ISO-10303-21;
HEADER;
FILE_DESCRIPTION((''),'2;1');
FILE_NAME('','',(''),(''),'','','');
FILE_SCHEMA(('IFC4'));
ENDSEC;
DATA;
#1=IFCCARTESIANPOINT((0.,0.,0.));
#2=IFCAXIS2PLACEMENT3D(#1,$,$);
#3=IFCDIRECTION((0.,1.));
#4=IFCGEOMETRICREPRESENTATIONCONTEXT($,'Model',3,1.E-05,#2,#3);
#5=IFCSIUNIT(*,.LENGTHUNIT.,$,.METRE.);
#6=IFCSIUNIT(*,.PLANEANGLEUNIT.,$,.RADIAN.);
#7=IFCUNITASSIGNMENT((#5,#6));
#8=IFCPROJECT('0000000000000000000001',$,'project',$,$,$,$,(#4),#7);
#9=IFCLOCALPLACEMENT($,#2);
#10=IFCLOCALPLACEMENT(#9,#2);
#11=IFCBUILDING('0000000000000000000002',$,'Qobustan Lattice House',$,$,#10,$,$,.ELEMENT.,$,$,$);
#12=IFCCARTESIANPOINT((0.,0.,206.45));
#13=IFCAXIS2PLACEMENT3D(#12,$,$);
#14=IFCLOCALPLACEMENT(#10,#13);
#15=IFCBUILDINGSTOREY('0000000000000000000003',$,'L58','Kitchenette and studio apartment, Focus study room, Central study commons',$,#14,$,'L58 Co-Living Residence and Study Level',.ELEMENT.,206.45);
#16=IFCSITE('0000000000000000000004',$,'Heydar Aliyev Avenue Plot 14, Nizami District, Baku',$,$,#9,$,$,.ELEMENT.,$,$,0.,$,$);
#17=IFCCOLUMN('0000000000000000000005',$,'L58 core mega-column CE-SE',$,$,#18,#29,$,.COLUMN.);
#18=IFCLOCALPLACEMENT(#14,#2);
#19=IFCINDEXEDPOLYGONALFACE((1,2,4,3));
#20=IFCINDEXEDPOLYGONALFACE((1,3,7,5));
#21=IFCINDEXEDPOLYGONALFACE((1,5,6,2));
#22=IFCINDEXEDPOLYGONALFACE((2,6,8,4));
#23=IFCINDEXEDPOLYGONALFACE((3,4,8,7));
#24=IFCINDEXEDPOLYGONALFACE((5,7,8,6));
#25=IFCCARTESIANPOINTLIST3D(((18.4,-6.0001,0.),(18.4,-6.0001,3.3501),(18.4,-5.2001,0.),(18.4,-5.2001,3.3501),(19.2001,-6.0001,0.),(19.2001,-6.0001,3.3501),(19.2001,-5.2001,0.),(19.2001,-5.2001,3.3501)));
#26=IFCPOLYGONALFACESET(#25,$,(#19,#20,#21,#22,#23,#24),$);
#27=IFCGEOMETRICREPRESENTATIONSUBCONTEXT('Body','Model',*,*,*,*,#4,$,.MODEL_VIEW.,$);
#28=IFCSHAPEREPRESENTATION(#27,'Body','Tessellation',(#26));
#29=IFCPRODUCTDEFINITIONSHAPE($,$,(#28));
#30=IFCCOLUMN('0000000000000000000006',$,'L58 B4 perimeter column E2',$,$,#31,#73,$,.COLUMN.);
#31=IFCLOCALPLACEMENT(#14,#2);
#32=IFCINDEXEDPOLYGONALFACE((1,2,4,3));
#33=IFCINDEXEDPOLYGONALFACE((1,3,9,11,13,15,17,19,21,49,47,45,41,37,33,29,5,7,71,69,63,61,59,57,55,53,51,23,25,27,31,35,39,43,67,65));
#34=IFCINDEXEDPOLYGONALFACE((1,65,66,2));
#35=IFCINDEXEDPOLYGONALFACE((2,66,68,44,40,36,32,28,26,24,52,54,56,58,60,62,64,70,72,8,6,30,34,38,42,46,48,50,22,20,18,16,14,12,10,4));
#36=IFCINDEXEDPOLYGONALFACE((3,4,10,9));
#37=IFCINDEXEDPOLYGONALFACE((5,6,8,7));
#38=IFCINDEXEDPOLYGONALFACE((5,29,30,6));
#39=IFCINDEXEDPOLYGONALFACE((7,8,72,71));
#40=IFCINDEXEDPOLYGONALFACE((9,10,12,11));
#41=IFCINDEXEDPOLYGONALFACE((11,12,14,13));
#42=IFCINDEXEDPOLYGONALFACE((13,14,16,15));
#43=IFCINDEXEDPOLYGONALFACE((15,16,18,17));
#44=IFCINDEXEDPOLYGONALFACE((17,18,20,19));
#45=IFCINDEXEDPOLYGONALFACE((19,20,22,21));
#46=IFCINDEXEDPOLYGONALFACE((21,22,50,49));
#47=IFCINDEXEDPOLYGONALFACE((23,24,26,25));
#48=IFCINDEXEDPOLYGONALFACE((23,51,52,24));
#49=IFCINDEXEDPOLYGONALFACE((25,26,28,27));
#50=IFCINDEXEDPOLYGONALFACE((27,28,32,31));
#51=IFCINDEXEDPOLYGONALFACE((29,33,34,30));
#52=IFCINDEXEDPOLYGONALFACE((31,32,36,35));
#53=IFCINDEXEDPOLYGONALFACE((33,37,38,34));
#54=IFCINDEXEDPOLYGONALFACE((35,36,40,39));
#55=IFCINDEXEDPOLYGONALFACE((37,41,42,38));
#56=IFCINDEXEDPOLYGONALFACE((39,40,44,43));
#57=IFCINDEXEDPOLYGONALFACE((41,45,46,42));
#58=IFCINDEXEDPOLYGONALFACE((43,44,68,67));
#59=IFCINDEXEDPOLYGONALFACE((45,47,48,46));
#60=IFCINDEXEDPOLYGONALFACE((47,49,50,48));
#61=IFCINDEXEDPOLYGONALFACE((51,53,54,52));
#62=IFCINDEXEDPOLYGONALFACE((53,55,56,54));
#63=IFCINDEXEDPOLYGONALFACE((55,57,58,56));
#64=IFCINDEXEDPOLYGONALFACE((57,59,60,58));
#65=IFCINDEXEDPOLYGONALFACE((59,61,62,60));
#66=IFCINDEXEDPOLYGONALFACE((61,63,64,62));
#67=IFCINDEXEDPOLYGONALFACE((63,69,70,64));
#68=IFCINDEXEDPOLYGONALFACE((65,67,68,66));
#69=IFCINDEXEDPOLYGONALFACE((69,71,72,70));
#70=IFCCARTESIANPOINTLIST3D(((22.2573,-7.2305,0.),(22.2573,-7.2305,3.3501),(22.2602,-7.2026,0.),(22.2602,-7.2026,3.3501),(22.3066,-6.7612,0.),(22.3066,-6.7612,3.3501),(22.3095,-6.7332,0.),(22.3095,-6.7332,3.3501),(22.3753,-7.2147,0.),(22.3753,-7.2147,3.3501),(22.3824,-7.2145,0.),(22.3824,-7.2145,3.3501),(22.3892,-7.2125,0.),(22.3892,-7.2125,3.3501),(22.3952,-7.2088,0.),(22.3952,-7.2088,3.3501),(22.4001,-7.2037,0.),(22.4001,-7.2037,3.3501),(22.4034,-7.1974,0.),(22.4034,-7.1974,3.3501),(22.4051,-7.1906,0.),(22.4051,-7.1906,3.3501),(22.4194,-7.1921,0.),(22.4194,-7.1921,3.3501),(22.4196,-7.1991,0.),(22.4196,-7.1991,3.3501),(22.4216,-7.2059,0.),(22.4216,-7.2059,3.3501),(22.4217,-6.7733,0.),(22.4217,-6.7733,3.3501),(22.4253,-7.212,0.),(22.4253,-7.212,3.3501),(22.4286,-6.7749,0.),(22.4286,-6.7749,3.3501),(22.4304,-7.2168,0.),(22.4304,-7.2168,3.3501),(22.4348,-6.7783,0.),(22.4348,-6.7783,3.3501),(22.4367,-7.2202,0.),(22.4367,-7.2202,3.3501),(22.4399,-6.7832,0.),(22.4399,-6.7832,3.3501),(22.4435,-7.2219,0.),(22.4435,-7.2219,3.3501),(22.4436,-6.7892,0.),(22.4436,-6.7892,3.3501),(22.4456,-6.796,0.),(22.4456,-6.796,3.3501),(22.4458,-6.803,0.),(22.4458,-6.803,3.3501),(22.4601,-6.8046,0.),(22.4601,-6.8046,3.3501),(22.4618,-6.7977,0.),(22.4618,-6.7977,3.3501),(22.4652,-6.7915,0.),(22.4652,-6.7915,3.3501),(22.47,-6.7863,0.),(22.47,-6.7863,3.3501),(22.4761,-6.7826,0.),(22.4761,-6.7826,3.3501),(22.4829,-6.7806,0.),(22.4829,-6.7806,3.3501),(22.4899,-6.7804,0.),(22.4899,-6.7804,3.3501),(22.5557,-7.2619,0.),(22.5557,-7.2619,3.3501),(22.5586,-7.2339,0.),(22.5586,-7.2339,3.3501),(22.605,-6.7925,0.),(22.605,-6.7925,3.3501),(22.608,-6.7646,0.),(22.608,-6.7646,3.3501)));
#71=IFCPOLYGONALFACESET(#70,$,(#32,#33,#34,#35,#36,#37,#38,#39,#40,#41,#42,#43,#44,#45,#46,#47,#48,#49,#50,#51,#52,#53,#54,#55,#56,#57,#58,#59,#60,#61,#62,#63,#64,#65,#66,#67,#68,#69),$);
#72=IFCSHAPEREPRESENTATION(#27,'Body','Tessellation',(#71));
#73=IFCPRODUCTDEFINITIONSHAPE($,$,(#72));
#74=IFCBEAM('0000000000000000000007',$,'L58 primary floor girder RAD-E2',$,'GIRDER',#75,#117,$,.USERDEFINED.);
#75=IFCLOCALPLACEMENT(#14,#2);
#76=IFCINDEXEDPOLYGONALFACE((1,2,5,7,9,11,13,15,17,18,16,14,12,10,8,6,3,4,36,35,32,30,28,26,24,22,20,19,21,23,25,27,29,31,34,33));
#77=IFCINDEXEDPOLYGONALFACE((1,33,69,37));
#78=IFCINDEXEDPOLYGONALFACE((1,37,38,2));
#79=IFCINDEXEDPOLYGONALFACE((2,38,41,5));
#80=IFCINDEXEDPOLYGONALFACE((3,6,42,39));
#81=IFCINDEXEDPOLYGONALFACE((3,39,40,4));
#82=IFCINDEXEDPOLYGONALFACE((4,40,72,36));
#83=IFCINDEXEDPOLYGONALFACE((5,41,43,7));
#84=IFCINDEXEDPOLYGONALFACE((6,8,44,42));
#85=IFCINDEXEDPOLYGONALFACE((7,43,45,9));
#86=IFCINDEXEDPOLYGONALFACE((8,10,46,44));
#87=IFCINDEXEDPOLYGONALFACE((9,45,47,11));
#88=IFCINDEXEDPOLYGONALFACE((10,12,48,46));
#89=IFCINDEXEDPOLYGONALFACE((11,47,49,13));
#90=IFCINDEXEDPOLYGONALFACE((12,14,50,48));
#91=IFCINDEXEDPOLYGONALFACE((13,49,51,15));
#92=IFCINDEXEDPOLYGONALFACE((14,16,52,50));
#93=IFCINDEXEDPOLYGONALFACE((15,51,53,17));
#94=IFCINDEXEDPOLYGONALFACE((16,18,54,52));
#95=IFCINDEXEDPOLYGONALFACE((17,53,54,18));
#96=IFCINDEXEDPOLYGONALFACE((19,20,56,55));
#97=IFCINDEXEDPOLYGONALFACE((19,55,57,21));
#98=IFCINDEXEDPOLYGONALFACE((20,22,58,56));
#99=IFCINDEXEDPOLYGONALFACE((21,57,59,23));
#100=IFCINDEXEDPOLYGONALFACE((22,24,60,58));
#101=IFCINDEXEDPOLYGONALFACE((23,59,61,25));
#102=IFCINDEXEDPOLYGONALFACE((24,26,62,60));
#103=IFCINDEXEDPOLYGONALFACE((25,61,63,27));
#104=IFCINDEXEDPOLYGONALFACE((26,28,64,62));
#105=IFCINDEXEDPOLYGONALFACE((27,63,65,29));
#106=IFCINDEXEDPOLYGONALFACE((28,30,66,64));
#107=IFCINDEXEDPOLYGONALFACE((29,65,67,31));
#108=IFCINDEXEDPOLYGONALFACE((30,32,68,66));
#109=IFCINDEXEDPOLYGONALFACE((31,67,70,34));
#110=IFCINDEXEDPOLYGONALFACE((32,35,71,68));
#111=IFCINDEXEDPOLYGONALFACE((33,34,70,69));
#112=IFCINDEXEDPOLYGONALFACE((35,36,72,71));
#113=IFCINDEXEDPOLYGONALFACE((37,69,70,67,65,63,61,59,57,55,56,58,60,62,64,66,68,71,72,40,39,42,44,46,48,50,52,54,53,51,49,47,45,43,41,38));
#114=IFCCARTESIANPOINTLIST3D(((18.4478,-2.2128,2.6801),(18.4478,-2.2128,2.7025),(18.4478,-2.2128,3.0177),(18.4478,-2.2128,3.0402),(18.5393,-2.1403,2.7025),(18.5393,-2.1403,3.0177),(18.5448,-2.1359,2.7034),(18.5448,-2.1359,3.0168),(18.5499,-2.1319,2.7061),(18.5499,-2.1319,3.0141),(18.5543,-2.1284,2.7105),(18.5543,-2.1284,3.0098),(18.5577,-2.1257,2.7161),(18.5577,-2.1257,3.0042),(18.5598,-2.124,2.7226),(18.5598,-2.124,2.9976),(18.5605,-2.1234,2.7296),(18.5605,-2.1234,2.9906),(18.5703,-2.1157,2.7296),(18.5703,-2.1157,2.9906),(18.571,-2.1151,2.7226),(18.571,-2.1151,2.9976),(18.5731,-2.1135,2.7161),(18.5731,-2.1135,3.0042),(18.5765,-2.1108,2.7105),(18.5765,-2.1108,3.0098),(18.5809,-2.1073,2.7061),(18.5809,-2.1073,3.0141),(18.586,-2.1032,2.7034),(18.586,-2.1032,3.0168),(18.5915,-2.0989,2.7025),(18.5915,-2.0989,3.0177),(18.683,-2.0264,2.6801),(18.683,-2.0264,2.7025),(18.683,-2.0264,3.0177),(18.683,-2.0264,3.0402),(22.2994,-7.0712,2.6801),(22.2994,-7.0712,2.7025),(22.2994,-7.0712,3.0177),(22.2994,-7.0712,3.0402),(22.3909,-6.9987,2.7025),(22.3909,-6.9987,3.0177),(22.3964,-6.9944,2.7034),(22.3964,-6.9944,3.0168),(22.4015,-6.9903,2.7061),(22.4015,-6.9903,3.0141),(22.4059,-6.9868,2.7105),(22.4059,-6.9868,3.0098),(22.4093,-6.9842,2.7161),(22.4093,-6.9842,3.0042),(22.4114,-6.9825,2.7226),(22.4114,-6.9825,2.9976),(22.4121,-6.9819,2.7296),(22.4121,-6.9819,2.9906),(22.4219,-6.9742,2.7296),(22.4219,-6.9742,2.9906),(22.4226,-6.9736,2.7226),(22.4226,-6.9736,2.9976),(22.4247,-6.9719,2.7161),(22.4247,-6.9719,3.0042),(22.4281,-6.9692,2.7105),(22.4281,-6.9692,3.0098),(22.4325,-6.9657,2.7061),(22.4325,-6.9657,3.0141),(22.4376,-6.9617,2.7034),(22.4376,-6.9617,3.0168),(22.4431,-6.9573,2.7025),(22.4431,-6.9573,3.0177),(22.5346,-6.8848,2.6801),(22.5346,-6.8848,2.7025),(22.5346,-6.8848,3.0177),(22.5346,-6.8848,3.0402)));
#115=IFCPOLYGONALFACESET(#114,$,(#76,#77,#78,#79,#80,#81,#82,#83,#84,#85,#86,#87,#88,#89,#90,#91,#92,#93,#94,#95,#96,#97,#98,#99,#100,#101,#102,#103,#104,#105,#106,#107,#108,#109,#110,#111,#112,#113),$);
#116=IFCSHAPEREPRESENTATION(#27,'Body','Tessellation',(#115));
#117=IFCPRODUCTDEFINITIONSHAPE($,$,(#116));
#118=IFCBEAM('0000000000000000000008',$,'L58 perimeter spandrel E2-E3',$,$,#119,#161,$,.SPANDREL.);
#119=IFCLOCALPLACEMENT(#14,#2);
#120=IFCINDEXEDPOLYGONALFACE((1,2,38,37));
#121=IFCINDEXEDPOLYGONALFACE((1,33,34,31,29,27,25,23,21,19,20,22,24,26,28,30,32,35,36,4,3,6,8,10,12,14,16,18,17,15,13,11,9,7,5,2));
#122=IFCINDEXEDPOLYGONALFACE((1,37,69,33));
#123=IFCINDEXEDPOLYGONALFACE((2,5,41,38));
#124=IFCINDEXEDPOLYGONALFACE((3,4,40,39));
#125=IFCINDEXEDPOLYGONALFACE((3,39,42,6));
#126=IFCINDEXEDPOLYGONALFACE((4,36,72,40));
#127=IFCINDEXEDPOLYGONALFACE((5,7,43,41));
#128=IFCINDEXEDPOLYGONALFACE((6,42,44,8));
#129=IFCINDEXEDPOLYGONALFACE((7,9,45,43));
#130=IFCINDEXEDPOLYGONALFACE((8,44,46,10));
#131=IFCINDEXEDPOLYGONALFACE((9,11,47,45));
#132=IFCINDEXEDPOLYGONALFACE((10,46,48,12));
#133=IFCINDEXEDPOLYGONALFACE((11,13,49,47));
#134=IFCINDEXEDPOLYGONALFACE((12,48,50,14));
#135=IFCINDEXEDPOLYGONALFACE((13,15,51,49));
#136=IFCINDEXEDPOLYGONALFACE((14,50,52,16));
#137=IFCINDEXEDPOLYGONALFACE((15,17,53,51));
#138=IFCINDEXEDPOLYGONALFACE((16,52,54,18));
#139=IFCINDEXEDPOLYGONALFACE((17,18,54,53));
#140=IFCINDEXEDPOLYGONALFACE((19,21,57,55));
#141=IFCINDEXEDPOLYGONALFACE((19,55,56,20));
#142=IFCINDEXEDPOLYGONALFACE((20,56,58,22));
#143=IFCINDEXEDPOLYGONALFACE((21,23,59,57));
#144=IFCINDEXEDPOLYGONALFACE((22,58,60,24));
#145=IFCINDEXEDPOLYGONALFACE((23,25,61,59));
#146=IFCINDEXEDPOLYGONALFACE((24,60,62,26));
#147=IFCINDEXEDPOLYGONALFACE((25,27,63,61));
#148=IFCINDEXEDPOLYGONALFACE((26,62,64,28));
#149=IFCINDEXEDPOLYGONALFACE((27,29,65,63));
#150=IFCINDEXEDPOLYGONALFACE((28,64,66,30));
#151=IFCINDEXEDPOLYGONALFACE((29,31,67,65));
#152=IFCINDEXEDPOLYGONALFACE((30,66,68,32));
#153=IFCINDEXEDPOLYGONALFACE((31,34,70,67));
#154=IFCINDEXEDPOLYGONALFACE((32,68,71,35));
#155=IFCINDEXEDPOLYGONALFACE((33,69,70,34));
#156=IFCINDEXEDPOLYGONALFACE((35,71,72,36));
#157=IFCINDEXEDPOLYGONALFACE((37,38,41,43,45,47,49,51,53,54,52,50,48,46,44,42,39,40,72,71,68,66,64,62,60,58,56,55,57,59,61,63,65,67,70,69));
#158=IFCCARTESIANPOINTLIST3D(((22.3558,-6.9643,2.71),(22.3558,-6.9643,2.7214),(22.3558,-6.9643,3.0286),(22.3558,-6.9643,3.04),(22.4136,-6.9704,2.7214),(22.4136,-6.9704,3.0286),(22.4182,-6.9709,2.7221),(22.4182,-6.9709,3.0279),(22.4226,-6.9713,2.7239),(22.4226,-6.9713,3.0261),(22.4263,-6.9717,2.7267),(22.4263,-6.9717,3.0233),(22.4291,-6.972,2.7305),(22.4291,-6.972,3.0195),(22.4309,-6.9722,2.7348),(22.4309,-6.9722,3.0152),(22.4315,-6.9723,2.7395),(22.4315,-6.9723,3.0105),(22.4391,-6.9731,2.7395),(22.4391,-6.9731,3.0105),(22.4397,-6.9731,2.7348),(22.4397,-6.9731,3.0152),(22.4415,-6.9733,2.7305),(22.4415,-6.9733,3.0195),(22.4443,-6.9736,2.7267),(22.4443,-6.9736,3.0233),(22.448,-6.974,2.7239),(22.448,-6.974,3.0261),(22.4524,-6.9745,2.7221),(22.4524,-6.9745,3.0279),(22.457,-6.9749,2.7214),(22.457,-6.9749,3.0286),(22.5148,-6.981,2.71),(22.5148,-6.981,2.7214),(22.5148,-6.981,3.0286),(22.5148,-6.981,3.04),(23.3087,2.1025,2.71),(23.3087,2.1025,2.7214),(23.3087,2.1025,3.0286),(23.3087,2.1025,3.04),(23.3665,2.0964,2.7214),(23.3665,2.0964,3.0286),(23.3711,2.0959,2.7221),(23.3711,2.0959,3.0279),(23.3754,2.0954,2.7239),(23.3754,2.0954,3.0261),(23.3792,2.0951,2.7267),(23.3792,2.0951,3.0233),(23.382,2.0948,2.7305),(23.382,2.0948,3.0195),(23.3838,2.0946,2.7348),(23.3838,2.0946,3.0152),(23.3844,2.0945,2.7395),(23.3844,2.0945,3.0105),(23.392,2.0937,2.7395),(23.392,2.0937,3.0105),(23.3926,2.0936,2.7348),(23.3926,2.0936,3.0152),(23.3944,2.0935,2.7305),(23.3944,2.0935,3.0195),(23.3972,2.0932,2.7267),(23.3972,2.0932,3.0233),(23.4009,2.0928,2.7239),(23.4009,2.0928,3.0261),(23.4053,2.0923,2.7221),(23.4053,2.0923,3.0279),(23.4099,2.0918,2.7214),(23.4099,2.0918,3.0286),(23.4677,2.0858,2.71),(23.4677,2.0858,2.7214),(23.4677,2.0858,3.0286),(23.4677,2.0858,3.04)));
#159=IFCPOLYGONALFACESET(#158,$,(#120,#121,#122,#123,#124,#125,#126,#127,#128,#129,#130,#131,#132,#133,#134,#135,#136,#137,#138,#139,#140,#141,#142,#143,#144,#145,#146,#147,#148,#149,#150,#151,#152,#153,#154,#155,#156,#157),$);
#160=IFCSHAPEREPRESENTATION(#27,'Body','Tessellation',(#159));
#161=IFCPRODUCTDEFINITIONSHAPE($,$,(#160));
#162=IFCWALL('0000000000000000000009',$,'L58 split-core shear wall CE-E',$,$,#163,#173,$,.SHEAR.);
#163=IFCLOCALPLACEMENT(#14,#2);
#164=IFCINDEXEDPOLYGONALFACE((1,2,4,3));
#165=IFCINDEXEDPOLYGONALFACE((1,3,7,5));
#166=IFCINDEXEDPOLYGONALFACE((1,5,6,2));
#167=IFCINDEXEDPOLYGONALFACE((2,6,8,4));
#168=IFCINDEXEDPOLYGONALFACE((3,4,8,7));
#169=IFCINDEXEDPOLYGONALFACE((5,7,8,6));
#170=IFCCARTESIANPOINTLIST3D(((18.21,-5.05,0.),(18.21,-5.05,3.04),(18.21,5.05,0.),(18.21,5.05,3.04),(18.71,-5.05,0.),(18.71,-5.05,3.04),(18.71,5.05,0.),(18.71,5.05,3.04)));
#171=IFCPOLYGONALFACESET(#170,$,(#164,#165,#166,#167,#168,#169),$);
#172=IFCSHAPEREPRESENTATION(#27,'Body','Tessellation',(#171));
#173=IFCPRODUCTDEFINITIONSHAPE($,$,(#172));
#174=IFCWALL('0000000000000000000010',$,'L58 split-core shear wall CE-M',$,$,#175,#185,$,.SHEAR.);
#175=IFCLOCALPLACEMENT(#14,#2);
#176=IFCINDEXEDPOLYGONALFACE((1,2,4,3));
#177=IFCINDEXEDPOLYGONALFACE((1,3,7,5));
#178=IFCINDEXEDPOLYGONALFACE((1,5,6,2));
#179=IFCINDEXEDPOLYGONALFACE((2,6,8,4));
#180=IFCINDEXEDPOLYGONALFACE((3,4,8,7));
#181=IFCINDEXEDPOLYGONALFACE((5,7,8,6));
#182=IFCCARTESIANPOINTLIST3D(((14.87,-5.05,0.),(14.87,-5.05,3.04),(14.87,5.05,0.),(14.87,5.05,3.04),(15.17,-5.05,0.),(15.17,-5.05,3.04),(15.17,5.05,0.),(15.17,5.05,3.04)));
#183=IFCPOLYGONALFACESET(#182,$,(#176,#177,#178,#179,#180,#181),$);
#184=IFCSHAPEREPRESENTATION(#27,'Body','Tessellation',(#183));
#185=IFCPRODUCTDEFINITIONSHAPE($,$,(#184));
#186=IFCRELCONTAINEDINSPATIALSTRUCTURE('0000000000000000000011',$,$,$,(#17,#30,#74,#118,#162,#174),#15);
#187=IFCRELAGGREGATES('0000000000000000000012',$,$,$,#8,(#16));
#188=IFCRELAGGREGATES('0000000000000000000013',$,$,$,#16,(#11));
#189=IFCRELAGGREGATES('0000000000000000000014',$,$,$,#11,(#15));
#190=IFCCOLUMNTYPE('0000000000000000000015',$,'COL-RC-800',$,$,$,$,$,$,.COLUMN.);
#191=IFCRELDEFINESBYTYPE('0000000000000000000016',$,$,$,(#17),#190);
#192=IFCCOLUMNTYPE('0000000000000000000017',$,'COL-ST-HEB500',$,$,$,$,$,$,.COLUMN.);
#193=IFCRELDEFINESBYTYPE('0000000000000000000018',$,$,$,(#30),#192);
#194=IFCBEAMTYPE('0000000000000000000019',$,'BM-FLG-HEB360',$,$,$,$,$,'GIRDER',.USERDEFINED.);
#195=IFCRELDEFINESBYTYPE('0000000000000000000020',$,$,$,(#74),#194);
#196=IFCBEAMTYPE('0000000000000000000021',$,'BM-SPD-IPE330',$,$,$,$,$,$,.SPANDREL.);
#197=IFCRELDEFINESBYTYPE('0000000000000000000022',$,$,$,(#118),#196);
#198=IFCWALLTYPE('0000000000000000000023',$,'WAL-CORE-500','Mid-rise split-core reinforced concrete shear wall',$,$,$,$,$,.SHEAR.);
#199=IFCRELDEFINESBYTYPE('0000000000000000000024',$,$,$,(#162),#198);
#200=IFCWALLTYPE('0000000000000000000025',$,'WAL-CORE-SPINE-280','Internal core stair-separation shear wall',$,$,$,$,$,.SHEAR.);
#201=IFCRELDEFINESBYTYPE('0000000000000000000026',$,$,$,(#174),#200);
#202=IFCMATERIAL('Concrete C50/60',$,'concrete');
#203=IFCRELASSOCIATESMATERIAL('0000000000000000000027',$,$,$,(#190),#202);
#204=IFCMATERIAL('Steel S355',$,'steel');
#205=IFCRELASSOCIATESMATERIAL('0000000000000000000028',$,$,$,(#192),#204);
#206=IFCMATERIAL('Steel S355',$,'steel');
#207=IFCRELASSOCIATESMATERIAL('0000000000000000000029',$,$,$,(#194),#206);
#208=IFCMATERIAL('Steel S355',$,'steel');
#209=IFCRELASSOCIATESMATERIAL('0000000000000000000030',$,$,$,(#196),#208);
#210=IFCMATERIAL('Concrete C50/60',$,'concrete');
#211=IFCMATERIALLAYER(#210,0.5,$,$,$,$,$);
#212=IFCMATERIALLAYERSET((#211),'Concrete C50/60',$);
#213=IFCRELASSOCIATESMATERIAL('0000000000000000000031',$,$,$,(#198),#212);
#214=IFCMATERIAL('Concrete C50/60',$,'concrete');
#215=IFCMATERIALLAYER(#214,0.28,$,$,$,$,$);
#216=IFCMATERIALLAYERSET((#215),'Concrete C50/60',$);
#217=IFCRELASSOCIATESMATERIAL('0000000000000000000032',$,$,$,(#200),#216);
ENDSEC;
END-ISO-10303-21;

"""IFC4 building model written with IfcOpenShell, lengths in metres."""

from ifc_helpers import new_model, si_unit, direction, frame, frame_2d, origin, origin_2d, place, context, subcontext, project, spatial, rectangle, i_section, extrude, material, layer, layer_set, material_profile, profile_set, type_object, element, save


model = new_model("IFC4")

# Units and contexts
model_context = context("Model", 3, precision=1e-05, world=origin(), true_north=direction((0.0, 1.0)))
body_context = subcontext(model_context, "Body", "Model", "MODEL_VIEW")
ifc_project = project(units=[si_unit("LENGTHUNIT", "METRE"), si_unit("PLANEANGLEUNIT", "RADIAN")], contexts=[model_context])

# Site, building, storey
site_placement = place(None, origin())
site = spatial("IfcSite", under=ifc_project, at=site_placement, Name="Heydar Aliyev Avenue Plot 14, Nizami District, Baku", CompositionType="ELEMENT", RefElevation=0.0)
building_placement = place(site_placement, origin())
building = spatial("IfcBuilding", under=site, at=building_placement, Name="Qobustan Lattice House", CompositionType="ELEMENT")
storey_placement = place(building_placement, frame((0.0, 0.0, 206.45)))
storey = spatial("IfcBuildingStorey", under=building, at=storey_placement, Name="L58", Description="Kitchenette and studio apartment, Focus study room, Central study commons", LongName="L58 Co-Living Residence and Study Level", CompositionType="ELEMENT", Elevation=206.45)

# Columns
ifc_material_1 = material(Name="Concrete C50/60", Category="concrete")
ifc_material_profile_1 = material_profile(ifc_material_1, rectangle(XDim=0.8, YDim=0.8, at=origin_2d()), Name="RC800x800")
ifc_profile_set_1 = profile_set([ifc_material_profile_1], Name="Concrete C50/60")
column_type_1 = type_object("IfcColumnType", Name="COL-RC-800", PredefinedType="COLUMN", material=ifc_profile_set_1)
column_1_placement = place(storey_placement, frame((18.8, -5.6001, 0.0), z_axis=(0.0, 0.0, 1.0), x_axis=(1.0, 0.0, 0.0)))
element("IfcColumn", 1, at=column_1_placement, inside=storey, type_object=column_type_1, Name="L58 core mega-column CE-SE", PredefinedType="COLUMN", context=body_context, shape_type="SweptSolid", body=[
    extrude(rectangle(XDim=0.8, YDim=0.8, at=origin_2d()), origin(), (0.0, 0.0, 1.0), 3.3501),
])
ifc_material_2 = material(Name="Steel S355", Category="steel")
ifc_material_profile_2 = material_profile(ifc_material_2, i_section(OverallWidth=0.3, OverallDepth=0.5, WebThickness=0.0144, FlangeThickness=0.0281, FilletRadius=0.0271, at=origin_2d()), Name="HEB500")
ifc_profile_set_2 = profile_set([ifc_material_profile_2], Name="Steel S355")
column_type_2 = type_object("IfcColumnType", Name="COL-ST-HEB500", PredefinedType="COLUMN", material=ifc_profile_set_2)
column_2_placement = place(storey_placement, frame((22.4326, -6.9976, 0.0), z_axis=(0.0, 0.0, 1.0), x_axis=(0.994522, -0.104528, 0.0)))
element("IfcColumn", 2, at=column_2_placement, inside=storey, type_object=column_type_2, Name="L58 B4 perimeter column E2", PredefinedType="COLUMN", context=body_context, shape_type="SweptSolid", body=[
    extrude(i_section(OverallWidth=0.3, OverallDepth=0.5, WebThickness=0.0144, FlangeThickness=0.0281, FilletRadius=0.0271, at=origin_2d()), origin(), (0.0, 0.0, 1.0), 3.3501),
])

# Beams
ifc_material_3 = material(Name="Steel S355", Category="steel")
ifc_material_profile_3 = material_profile(ifc_material_3, i_section(OverallWidth=0.3, OverallDepth=0.3601, WebThickness=0.0125, FlangeThickness=0.0225, FilletRadius=0.0271, at=origin_2d()), Name="HEB360")
ifc_profile_set_3 = profile_set([ifc_material_profile_3], Name="Steel S355")
beam_type_1 = type_object("IfcBeamType", Name="BM-FLG-HEB360", ElementType="GIRDER", PredefinedType="USERDEFINED", material=ifc_profile_set_3)
beam_1_placement = place(storey_placement, frame((22.417, -6.978, 2.8601), z_axis=(-0.621231, 0.783627, 0.0), x_axis=(-0.783627, -0.621231, 0.0)))
element("IfcBeam", 3, at=beam_1_placement, inside=storey, type_object=beam_type_1, Name="L58 primary floor girder RAD-E2", ObjectType="GIRDER", PredefinedType="USERDEFINED", context=body_context, shape_type="SweptSolid", body=[
    extrude(i_section(OverallWidth=0.3, OverallDepth=0.3601, WebThickness=0.0125, FlangeThickness=0.0225, FilletRadius=0.0271, at=origin_2d()), origin(), (0.0, 0.0, 1.0), 6.2),
])
ifc_material_4 = material(Name="Steel S355", Category="steel")
ifc_material_profile_4 = material_profile(ifc_material_4, i_section(OverallWidth=0.1599, OverallDepth=0.3301, WebThickness=0.0076, FlangeThickness=0.0115, FilletRadius=0.0181, at=origin_2d()), Name="IPE330")
ifc_profile_set_4 = profile_set([ifc_material_profile_4], Name="Steel S355")
beam_type_2 = type_object("IfcBeamType", Name="BM-SPD-IPE330", PredefinedType="SPANDREL", material=ifc_profile_set_4)
beam_2_placement = place(storey_placement, frame((22.4353, -6.9727, 2.875), z_axis=(0.104522, 0.994523, 0.0), x_axis=(-0.994523, 0.104522, 0.0)))
element("IfcBeam", 4, at=beam_2_placement, inside=storey, type_object=beam_type_2, Name="L58 perimeter spandrel E2-E3", PredefinedType="SPANDREL", context=body_context, shape_type="SweptSolid", body=[
    extrude(i_section(OverallWidth=0.1599, OverallDepth=0.3301, WebThickness=0.0076, FlangeThickness=0.0115, FilletRadius=0.0181, at=origin_2d()), origin(), (0.0, 0.0, 1.0), 9.1167),
])

# Walls
ifc_material_5 = material(Name="Concrete C50/60", Category="concrete")
ifc_layer_1 = layer(ifc_material_5, 0.5)
ifc_layer_set_1 = layer_set([ifc_layer_1], Name="Concrete C50/60")
wall_type_1 = type_object("IfcWallType", Name="WAL-CORE-500", Description="Mid-rise split-core reinforced concrete shear wall", PredefinedType="SHEAR", material=ifc_layer_set_1)
wall_1_placement = place(storey_placement, frame((18.46, -5.05, 0.0), z_axis=(0.0, 0.0, 1.0), x_axis=(0.0, 1.0, 0.0)))
element("IfcWall", 5, at=wall_1_placement, inside=storey, type_object=wall_type_1, Name="L58 split-core shear wall CE-E", PredefinedType="SHEAR", context=body_context, shape_type="SweptSolid", body=[
    extrude(rectangle(XDim=10.1001, YDim=0.5, at=frame_2d((5.05, 0.0))), origin(), (0.0, 0.0, 1.0), 3.04),
])
ifc_material_6 = material(Name="Concrete C50/60", Category="concrete")
ifc_layer_2 = layer(ifc_material_6, 0.28)
ifc_layer_set_2 = layer_set([ifc_layer_2], Name="Concrete C50/60")
wall_type_2 = type_object("IfcWallType", Name="WAL-CORE-SPINE-280", Description="Internal core stair-separation shear wall", PredefinedType="SHEAR", material=ifc_layer_set_2)
wall_2_placement = place(storey_placement, frame((15.02, -5.05, 0.0), z_axis=(0.0, 0.0, 1.0), x_axis=(0.0, 1.0, 0.0)))
element("IfcWall", 6, at=wall_2_placement, inside=storey, type_object=wall_type_2, Name="L58 split-core shear wall CE-M", PredefinedType="SHEAR", context=body_context, shape_type="SweptSolid", body=[
    extrude(rectangle(XDim=10.1001, YDim=0.3, at=frame_2d((5.05, 0.0))), origin(), (0.0, 0.0, 1.0), 3.04),
])

save(model, "model.ifc")
